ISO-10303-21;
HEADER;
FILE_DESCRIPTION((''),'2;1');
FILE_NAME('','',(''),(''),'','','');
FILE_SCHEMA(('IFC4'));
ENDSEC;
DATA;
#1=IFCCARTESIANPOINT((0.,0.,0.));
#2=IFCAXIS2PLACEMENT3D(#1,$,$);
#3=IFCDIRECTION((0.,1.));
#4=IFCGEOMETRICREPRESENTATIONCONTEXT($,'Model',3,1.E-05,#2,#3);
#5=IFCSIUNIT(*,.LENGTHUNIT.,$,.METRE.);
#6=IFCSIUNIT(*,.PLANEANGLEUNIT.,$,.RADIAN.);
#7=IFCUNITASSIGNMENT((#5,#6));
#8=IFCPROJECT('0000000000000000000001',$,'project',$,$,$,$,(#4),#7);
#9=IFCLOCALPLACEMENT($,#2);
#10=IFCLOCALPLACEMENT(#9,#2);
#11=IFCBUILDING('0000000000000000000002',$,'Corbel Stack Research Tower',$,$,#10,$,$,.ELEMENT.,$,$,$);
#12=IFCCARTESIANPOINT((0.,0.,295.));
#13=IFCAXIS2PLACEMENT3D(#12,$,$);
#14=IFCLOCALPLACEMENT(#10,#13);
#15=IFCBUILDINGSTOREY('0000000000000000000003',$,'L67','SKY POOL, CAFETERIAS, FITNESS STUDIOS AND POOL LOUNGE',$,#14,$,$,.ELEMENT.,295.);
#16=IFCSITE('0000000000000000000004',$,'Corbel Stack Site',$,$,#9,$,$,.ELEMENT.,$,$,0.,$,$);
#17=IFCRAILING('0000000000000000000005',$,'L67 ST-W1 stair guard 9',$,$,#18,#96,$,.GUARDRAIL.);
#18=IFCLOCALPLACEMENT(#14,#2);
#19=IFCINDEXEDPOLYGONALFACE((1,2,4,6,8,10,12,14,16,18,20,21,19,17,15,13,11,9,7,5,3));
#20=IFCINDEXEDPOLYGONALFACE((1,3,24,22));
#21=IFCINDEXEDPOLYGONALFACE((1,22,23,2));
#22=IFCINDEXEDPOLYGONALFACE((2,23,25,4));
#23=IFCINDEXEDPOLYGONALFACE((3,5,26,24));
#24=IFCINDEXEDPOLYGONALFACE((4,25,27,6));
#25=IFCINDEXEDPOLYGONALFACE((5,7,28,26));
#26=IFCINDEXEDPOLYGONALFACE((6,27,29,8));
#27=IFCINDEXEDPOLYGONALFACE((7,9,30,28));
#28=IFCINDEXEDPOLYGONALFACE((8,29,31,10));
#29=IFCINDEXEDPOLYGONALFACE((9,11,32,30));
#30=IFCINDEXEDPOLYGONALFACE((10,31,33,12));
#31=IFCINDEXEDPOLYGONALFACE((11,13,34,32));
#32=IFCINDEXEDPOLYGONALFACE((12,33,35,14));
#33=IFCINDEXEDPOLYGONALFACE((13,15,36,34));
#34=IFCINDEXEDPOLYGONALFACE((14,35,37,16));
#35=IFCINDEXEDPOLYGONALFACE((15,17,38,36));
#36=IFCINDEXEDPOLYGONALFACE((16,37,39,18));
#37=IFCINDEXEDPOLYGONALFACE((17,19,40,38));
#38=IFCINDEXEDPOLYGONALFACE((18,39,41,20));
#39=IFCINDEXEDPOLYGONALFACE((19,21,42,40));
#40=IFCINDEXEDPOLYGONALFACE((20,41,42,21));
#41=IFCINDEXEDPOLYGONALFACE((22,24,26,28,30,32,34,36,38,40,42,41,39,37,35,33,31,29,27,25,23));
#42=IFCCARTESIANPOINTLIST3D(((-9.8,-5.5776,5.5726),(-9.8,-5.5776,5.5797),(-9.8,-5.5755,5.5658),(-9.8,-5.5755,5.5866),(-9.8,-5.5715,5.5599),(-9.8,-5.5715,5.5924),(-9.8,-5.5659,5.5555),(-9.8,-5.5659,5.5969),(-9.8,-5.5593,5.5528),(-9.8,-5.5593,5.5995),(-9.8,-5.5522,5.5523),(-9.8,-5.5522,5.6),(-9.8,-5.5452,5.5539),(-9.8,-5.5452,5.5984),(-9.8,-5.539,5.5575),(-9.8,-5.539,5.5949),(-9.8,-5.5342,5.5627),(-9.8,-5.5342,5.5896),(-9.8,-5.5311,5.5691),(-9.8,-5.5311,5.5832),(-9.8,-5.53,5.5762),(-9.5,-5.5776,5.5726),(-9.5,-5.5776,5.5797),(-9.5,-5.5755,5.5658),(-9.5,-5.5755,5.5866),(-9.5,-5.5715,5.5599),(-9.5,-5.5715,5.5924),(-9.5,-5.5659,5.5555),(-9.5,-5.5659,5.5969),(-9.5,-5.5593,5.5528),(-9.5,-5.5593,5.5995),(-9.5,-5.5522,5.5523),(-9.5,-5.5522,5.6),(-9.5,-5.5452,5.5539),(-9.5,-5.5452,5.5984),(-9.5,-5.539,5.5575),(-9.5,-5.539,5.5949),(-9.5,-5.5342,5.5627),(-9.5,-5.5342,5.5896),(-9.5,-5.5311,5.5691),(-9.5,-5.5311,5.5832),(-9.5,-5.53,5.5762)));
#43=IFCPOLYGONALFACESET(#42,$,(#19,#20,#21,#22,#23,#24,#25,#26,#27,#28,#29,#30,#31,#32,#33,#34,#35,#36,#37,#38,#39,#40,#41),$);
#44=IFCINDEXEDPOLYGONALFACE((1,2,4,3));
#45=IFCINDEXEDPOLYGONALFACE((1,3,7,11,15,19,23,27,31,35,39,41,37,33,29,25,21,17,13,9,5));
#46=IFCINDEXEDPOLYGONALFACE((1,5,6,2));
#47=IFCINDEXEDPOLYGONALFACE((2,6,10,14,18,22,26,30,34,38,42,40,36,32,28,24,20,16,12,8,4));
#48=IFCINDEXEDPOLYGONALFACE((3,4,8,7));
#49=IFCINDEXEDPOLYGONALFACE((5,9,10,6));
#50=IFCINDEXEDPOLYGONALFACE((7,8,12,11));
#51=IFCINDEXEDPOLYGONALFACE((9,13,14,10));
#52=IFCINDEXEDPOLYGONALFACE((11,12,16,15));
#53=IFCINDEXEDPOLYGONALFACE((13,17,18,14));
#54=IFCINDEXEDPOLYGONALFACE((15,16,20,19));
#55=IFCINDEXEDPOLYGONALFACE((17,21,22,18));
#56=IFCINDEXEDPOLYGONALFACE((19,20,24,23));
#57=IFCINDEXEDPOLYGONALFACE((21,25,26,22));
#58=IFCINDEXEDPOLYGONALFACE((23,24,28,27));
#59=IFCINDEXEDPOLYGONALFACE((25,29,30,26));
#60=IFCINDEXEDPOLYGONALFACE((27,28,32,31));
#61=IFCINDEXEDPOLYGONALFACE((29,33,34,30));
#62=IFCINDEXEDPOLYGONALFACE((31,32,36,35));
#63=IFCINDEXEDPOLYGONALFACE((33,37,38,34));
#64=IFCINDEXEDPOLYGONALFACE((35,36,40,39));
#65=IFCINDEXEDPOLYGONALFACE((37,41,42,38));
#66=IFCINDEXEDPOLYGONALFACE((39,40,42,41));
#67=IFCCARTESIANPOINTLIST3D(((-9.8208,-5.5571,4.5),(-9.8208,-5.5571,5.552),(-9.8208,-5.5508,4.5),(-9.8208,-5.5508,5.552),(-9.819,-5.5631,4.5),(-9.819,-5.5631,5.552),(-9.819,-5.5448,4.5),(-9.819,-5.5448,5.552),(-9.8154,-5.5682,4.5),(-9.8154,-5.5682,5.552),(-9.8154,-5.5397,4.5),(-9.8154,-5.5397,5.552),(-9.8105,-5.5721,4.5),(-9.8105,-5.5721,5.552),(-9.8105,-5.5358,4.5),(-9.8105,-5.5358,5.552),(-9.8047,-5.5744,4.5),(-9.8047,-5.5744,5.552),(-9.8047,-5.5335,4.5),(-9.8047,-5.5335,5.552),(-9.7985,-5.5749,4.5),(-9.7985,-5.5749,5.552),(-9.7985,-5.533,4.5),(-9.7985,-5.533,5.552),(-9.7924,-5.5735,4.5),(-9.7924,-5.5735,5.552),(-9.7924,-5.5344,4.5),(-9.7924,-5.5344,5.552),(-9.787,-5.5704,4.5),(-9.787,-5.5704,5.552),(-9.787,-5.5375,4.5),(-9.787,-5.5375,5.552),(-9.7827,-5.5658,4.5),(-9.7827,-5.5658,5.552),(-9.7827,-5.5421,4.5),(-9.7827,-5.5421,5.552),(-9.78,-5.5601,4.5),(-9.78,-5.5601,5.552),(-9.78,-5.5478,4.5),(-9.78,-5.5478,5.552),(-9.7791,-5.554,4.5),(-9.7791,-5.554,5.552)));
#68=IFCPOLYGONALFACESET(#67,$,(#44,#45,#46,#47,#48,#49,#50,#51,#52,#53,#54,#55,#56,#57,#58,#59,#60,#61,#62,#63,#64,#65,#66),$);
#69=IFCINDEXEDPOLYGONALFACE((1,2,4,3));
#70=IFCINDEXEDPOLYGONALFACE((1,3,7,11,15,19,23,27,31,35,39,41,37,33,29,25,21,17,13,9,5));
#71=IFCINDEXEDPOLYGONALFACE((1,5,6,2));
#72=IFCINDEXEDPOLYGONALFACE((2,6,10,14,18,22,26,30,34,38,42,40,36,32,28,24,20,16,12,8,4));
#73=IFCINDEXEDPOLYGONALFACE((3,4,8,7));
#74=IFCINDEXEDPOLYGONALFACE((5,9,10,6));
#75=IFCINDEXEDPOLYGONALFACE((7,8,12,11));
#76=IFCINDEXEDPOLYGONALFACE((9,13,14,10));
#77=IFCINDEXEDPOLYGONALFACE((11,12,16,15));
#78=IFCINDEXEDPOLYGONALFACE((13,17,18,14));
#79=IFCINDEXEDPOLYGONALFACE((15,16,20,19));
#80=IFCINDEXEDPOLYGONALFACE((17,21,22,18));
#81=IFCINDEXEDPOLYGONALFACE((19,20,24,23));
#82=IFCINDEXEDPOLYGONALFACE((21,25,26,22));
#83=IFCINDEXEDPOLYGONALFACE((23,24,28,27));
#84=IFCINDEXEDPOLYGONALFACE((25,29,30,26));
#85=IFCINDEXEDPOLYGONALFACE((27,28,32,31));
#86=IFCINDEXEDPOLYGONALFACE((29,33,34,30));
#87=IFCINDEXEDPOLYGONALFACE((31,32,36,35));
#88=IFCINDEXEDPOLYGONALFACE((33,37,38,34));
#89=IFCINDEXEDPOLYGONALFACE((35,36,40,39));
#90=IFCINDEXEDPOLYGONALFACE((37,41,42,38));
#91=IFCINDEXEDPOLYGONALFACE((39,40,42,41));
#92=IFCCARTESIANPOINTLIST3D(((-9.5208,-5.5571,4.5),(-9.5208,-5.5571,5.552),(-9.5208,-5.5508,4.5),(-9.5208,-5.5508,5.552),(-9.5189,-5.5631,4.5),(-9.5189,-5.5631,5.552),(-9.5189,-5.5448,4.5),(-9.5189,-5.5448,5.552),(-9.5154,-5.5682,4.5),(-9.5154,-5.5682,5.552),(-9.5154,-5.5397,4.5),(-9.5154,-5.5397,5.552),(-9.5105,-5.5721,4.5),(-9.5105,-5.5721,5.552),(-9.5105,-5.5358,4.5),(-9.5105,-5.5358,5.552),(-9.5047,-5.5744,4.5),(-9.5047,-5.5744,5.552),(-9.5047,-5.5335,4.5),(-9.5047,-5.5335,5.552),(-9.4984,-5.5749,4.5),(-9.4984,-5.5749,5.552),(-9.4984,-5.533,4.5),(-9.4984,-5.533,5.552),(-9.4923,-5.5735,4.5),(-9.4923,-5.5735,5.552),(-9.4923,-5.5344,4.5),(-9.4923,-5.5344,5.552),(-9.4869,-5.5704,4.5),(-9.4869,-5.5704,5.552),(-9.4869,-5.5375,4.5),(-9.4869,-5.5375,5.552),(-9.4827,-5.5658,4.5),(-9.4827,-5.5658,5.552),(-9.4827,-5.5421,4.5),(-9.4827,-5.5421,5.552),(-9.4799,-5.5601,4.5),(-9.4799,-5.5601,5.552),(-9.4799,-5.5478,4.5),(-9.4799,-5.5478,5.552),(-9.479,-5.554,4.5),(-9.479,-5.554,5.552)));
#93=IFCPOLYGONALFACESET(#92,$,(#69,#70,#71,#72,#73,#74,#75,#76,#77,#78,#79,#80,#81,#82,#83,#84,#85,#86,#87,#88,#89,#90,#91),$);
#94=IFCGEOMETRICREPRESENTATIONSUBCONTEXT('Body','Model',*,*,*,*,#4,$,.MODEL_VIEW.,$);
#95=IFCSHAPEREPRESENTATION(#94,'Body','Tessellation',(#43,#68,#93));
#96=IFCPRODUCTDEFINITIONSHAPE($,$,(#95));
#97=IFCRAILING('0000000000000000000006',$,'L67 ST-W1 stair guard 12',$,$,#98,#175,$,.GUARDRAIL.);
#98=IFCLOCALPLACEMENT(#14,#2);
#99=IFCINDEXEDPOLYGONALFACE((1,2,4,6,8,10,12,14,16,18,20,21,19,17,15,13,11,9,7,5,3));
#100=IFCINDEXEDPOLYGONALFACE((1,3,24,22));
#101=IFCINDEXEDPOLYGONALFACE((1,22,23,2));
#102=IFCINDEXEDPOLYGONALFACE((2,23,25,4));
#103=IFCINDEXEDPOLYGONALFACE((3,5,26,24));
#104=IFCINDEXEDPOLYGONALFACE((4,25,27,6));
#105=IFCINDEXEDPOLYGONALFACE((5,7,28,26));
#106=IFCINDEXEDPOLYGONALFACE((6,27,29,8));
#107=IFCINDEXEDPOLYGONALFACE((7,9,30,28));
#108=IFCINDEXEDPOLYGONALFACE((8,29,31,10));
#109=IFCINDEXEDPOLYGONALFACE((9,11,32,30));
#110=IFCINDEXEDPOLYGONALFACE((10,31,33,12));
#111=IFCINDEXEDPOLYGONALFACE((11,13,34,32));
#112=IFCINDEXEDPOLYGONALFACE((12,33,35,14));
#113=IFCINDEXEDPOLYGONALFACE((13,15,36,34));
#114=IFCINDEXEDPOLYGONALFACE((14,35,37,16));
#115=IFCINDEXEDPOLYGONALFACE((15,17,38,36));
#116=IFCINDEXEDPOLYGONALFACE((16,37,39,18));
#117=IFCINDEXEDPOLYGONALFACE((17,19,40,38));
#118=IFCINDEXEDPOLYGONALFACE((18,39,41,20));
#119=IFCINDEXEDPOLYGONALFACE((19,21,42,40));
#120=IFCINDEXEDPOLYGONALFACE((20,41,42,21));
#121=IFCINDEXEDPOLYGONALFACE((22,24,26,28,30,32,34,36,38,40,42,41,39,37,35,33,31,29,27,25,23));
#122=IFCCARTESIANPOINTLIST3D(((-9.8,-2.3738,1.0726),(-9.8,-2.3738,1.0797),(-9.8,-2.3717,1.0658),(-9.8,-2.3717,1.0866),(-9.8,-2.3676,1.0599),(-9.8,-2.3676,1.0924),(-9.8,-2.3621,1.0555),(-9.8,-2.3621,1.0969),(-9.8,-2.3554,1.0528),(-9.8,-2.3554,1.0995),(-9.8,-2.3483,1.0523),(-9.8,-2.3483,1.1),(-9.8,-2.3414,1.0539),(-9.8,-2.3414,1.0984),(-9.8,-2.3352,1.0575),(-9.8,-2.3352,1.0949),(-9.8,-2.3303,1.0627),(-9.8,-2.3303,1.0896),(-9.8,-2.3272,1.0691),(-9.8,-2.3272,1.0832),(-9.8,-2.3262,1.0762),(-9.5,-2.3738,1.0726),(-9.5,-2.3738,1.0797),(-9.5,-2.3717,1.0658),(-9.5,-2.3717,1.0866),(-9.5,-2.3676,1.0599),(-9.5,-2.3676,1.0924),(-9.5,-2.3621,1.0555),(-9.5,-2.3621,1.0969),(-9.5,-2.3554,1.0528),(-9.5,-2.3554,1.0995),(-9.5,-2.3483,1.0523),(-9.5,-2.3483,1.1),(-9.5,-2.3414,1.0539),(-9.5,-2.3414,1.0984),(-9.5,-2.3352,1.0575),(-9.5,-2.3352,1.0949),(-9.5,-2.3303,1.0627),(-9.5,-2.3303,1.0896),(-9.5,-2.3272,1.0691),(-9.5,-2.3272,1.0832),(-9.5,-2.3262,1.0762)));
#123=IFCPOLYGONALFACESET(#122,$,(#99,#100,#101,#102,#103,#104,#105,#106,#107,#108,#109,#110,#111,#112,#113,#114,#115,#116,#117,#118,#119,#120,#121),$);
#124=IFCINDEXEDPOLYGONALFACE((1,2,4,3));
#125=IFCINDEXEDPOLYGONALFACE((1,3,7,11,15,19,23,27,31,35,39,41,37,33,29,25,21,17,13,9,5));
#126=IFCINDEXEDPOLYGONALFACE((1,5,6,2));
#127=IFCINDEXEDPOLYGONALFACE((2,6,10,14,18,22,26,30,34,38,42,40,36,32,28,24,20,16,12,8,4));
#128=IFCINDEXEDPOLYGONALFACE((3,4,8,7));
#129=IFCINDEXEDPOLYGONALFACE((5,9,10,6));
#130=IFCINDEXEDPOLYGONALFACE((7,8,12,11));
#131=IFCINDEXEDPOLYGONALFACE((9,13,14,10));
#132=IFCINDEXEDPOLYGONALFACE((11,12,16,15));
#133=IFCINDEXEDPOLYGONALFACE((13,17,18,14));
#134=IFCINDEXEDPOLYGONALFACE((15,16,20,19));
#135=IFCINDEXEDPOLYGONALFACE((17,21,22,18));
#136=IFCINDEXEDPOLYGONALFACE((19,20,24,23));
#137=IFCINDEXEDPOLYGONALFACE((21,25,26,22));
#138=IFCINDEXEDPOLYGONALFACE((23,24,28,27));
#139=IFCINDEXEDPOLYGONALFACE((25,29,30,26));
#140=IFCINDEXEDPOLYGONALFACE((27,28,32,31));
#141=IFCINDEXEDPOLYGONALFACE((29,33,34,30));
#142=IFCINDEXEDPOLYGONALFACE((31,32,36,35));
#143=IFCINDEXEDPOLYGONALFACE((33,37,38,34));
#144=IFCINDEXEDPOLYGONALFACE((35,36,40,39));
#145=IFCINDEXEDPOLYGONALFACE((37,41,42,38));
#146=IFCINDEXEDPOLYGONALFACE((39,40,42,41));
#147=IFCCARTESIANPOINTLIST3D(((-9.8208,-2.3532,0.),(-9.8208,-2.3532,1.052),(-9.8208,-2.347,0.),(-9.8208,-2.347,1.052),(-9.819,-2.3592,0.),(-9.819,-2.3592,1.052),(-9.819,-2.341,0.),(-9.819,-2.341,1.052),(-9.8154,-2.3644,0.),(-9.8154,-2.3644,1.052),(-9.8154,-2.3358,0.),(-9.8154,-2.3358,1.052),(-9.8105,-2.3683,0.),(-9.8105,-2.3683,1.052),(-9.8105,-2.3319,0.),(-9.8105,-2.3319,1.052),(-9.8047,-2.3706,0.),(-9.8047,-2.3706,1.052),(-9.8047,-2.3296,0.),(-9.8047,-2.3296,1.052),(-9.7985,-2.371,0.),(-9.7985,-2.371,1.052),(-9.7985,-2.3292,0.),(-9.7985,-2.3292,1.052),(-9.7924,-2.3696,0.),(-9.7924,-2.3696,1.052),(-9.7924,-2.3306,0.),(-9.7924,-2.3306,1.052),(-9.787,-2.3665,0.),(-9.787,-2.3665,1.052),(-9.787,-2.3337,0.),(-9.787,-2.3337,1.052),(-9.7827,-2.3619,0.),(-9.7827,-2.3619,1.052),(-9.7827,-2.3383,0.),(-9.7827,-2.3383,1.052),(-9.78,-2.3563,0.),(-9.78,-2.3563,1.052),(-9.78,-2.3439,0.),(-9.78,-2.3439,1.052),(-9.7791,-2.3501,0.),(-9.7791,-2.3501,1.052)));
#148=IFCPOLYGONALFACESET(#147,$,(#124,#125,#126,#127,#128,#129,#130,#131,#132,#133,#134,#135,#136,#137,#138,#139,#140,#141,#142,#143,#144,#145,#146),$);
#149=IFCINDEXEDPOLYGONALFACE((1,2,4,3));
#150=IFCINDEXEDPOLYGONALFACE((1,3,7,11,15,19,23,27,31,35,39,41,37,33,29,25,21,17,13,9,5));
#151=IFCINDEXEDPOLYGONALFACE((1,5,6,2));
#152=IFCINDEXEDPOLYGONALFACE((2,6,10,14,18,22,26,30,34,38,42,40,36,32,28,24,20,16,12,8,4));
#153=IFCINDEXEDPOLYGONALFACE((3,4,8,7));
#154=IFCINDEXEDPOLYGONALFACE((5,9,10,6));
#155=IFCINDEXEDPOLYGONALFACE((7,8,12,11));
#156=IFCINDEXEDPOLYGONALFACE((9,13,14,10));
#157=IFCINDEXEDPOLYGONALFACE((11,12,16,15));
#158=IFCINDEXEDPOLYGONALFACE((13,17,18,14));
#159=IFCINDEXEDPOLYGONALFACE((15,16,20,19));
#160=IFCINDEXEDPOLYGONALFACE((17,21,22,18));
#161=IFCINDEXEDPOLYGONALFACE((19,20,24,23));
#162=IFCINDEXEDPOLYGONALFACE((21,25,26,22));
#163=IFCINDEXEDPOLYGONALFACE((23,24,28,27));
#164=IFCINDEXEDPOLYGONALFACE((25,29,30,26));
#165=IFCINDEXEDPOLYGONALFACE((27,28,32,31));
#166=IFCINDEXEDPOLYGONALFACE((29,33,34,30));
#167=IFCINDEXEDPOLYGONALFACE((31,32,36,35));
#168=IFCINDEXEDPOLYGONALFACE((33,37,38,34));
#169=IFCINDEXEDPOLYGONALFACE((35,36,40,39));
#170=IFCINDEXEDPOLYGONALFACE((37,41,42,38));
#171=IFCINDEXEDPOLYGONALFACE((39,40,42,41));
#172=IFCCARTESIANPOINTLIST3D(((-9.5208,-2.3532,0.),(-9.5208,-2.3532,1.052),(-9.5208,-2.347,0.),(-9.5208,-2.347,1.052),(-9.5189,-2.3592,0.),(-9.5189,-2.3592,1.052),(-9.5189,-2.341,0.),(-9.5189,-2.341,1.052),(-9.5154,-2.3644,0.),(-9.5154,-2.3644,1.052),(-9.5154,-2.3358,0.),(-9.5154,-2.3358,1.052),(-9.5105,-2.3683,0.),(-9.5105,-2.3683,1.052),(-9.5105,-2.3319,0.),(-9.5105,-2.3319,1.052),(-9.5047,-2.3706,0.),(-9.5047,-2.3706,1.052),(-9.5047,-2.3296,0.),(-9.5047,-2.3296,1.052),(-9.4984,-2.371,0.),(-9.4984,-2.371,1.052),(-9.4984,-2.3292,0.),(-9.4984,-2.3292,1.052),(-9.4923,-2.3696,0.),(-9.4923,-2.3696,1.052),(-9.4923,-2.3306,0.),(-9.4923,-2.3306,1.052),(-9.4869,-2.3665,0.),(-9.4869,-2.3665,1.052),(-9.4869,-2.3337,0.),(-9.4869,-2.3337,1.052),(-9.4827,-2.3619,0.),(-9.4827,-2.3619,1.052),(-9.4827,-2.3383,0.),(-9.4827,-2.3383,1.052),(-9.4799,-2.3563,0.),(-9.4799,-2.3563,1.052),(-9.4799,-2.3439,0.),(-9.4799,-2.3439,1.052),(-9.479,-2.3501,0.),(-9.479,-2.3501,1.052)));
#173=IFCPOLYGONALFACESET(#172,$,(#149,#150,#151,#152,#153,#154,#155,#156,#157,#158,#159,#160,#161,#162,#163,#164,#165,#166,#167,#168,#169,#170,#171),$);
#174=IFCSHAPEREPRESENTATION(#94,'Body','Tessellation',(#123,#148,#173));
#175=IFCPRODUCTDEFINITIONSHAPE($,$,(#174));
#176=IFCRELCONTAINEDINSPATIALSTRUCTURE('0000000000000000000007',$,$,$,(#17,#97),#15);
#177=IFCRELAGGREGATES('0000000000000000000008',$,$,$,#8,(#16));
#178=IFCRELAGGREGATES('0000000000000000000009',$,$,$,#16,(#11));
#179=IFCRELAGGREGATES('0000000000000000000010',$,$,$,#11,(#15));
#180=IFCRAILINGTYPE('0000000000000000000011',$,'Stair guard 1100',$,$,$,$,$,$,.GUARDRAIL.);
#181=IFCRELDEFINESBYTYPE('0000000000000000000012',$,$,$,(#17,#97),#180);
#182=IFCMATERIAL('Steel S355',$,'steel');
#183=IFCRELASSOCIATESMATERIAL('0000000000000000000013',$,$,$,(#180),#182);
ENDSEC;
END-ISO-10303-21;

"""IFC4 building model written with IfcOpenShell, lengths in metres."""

from ifc_helpers import new_model, si_unit, direction, frame, origin, origin_2d, place, context, subcontext, project, spatial, circle, extrude, material, type_object, element, save


model = new_model("IFC4")

# Units and contexts
model_context = context("Model", 3, precision=1e-05, world=origin(), true_north=direction((0.0, 1.0)))
body_context = subcontext(model_context, "Body", "Model", "MODEL_VIEW")
ifc_project = project(units=[si_unit("LENGTHUNIT", "METRE"), si_unit("PLANEANGLEUNIT", "RADIAN")], contexts=[model_context])

# Site, building, storey
site_placement = place(None, origin())
site = spatial("IfcSite", under=ifc_project, at=site_placement, Name="Corbel Stack Site", CompositionType="ELEMENT", RefElevation=0.0)
building_placement = place(site_placement, origin())
building = spatial("IfcBuilding", under=site, at=building_placement, Name="Corbel Stack Research Tower", CompositionType="ELEMENT")
storey_placement = place(building_placement, frame((0.0, 0.0, 295.0)))
storey = spatial("IfcBuildingStorey", under=building, at=storey_placement, Name="L67", Description="SKY POOL, CAFETERIAS, FITNESS STUDIOS AND POOL LOUNGE", CompositionType="ELEMENT", Elevation=295.0)

# Railings
ifc_material_1 = material(Name="Steel S355", Category="steel")
railing_type_1 = type_object("IfcRailingType", Name="Stair guard 1100", PredefinedType="GUARDRAIL", material=ifc_material_1)
for number, where, name in (
    (1, (-9.8, -5.554, 4.5), "L67 ST-W1 stair guard 9"),
    (2, (-9.8, -2.3501, 0.0), "L67 ST-W1 stair guard 12"),
):
    element("IfcRailing", number, at=place(storey_placement, frame(where)), inside=storey, type_object=railing_type_1, Name=name, PredefinedType="GUARDRAIL", context=body_context, shape_type="SweptSolid", body=[
        extrude(circle(Radius=0.0239, at=origin_2d()), frame((0.0, 0.0, 1.0762), z_axis=(1.0, 0.0, 0.0), x_axis=(0.0, 1.0, 0.0)), (0.0, 0.0, 1.0), 0.3),
        extrude(circle(Radius=0.021, at=origin_2d()), origin(), (0.0, 0.0, 1.0), 1.052),
        extrude(circle(Radius=0.021, at=origin_2d()), frame((0.3, 0.0, 0.0)), (0.0, 0.0, 1.0), 1.052),
    ])

save(model, "model.ifc")
